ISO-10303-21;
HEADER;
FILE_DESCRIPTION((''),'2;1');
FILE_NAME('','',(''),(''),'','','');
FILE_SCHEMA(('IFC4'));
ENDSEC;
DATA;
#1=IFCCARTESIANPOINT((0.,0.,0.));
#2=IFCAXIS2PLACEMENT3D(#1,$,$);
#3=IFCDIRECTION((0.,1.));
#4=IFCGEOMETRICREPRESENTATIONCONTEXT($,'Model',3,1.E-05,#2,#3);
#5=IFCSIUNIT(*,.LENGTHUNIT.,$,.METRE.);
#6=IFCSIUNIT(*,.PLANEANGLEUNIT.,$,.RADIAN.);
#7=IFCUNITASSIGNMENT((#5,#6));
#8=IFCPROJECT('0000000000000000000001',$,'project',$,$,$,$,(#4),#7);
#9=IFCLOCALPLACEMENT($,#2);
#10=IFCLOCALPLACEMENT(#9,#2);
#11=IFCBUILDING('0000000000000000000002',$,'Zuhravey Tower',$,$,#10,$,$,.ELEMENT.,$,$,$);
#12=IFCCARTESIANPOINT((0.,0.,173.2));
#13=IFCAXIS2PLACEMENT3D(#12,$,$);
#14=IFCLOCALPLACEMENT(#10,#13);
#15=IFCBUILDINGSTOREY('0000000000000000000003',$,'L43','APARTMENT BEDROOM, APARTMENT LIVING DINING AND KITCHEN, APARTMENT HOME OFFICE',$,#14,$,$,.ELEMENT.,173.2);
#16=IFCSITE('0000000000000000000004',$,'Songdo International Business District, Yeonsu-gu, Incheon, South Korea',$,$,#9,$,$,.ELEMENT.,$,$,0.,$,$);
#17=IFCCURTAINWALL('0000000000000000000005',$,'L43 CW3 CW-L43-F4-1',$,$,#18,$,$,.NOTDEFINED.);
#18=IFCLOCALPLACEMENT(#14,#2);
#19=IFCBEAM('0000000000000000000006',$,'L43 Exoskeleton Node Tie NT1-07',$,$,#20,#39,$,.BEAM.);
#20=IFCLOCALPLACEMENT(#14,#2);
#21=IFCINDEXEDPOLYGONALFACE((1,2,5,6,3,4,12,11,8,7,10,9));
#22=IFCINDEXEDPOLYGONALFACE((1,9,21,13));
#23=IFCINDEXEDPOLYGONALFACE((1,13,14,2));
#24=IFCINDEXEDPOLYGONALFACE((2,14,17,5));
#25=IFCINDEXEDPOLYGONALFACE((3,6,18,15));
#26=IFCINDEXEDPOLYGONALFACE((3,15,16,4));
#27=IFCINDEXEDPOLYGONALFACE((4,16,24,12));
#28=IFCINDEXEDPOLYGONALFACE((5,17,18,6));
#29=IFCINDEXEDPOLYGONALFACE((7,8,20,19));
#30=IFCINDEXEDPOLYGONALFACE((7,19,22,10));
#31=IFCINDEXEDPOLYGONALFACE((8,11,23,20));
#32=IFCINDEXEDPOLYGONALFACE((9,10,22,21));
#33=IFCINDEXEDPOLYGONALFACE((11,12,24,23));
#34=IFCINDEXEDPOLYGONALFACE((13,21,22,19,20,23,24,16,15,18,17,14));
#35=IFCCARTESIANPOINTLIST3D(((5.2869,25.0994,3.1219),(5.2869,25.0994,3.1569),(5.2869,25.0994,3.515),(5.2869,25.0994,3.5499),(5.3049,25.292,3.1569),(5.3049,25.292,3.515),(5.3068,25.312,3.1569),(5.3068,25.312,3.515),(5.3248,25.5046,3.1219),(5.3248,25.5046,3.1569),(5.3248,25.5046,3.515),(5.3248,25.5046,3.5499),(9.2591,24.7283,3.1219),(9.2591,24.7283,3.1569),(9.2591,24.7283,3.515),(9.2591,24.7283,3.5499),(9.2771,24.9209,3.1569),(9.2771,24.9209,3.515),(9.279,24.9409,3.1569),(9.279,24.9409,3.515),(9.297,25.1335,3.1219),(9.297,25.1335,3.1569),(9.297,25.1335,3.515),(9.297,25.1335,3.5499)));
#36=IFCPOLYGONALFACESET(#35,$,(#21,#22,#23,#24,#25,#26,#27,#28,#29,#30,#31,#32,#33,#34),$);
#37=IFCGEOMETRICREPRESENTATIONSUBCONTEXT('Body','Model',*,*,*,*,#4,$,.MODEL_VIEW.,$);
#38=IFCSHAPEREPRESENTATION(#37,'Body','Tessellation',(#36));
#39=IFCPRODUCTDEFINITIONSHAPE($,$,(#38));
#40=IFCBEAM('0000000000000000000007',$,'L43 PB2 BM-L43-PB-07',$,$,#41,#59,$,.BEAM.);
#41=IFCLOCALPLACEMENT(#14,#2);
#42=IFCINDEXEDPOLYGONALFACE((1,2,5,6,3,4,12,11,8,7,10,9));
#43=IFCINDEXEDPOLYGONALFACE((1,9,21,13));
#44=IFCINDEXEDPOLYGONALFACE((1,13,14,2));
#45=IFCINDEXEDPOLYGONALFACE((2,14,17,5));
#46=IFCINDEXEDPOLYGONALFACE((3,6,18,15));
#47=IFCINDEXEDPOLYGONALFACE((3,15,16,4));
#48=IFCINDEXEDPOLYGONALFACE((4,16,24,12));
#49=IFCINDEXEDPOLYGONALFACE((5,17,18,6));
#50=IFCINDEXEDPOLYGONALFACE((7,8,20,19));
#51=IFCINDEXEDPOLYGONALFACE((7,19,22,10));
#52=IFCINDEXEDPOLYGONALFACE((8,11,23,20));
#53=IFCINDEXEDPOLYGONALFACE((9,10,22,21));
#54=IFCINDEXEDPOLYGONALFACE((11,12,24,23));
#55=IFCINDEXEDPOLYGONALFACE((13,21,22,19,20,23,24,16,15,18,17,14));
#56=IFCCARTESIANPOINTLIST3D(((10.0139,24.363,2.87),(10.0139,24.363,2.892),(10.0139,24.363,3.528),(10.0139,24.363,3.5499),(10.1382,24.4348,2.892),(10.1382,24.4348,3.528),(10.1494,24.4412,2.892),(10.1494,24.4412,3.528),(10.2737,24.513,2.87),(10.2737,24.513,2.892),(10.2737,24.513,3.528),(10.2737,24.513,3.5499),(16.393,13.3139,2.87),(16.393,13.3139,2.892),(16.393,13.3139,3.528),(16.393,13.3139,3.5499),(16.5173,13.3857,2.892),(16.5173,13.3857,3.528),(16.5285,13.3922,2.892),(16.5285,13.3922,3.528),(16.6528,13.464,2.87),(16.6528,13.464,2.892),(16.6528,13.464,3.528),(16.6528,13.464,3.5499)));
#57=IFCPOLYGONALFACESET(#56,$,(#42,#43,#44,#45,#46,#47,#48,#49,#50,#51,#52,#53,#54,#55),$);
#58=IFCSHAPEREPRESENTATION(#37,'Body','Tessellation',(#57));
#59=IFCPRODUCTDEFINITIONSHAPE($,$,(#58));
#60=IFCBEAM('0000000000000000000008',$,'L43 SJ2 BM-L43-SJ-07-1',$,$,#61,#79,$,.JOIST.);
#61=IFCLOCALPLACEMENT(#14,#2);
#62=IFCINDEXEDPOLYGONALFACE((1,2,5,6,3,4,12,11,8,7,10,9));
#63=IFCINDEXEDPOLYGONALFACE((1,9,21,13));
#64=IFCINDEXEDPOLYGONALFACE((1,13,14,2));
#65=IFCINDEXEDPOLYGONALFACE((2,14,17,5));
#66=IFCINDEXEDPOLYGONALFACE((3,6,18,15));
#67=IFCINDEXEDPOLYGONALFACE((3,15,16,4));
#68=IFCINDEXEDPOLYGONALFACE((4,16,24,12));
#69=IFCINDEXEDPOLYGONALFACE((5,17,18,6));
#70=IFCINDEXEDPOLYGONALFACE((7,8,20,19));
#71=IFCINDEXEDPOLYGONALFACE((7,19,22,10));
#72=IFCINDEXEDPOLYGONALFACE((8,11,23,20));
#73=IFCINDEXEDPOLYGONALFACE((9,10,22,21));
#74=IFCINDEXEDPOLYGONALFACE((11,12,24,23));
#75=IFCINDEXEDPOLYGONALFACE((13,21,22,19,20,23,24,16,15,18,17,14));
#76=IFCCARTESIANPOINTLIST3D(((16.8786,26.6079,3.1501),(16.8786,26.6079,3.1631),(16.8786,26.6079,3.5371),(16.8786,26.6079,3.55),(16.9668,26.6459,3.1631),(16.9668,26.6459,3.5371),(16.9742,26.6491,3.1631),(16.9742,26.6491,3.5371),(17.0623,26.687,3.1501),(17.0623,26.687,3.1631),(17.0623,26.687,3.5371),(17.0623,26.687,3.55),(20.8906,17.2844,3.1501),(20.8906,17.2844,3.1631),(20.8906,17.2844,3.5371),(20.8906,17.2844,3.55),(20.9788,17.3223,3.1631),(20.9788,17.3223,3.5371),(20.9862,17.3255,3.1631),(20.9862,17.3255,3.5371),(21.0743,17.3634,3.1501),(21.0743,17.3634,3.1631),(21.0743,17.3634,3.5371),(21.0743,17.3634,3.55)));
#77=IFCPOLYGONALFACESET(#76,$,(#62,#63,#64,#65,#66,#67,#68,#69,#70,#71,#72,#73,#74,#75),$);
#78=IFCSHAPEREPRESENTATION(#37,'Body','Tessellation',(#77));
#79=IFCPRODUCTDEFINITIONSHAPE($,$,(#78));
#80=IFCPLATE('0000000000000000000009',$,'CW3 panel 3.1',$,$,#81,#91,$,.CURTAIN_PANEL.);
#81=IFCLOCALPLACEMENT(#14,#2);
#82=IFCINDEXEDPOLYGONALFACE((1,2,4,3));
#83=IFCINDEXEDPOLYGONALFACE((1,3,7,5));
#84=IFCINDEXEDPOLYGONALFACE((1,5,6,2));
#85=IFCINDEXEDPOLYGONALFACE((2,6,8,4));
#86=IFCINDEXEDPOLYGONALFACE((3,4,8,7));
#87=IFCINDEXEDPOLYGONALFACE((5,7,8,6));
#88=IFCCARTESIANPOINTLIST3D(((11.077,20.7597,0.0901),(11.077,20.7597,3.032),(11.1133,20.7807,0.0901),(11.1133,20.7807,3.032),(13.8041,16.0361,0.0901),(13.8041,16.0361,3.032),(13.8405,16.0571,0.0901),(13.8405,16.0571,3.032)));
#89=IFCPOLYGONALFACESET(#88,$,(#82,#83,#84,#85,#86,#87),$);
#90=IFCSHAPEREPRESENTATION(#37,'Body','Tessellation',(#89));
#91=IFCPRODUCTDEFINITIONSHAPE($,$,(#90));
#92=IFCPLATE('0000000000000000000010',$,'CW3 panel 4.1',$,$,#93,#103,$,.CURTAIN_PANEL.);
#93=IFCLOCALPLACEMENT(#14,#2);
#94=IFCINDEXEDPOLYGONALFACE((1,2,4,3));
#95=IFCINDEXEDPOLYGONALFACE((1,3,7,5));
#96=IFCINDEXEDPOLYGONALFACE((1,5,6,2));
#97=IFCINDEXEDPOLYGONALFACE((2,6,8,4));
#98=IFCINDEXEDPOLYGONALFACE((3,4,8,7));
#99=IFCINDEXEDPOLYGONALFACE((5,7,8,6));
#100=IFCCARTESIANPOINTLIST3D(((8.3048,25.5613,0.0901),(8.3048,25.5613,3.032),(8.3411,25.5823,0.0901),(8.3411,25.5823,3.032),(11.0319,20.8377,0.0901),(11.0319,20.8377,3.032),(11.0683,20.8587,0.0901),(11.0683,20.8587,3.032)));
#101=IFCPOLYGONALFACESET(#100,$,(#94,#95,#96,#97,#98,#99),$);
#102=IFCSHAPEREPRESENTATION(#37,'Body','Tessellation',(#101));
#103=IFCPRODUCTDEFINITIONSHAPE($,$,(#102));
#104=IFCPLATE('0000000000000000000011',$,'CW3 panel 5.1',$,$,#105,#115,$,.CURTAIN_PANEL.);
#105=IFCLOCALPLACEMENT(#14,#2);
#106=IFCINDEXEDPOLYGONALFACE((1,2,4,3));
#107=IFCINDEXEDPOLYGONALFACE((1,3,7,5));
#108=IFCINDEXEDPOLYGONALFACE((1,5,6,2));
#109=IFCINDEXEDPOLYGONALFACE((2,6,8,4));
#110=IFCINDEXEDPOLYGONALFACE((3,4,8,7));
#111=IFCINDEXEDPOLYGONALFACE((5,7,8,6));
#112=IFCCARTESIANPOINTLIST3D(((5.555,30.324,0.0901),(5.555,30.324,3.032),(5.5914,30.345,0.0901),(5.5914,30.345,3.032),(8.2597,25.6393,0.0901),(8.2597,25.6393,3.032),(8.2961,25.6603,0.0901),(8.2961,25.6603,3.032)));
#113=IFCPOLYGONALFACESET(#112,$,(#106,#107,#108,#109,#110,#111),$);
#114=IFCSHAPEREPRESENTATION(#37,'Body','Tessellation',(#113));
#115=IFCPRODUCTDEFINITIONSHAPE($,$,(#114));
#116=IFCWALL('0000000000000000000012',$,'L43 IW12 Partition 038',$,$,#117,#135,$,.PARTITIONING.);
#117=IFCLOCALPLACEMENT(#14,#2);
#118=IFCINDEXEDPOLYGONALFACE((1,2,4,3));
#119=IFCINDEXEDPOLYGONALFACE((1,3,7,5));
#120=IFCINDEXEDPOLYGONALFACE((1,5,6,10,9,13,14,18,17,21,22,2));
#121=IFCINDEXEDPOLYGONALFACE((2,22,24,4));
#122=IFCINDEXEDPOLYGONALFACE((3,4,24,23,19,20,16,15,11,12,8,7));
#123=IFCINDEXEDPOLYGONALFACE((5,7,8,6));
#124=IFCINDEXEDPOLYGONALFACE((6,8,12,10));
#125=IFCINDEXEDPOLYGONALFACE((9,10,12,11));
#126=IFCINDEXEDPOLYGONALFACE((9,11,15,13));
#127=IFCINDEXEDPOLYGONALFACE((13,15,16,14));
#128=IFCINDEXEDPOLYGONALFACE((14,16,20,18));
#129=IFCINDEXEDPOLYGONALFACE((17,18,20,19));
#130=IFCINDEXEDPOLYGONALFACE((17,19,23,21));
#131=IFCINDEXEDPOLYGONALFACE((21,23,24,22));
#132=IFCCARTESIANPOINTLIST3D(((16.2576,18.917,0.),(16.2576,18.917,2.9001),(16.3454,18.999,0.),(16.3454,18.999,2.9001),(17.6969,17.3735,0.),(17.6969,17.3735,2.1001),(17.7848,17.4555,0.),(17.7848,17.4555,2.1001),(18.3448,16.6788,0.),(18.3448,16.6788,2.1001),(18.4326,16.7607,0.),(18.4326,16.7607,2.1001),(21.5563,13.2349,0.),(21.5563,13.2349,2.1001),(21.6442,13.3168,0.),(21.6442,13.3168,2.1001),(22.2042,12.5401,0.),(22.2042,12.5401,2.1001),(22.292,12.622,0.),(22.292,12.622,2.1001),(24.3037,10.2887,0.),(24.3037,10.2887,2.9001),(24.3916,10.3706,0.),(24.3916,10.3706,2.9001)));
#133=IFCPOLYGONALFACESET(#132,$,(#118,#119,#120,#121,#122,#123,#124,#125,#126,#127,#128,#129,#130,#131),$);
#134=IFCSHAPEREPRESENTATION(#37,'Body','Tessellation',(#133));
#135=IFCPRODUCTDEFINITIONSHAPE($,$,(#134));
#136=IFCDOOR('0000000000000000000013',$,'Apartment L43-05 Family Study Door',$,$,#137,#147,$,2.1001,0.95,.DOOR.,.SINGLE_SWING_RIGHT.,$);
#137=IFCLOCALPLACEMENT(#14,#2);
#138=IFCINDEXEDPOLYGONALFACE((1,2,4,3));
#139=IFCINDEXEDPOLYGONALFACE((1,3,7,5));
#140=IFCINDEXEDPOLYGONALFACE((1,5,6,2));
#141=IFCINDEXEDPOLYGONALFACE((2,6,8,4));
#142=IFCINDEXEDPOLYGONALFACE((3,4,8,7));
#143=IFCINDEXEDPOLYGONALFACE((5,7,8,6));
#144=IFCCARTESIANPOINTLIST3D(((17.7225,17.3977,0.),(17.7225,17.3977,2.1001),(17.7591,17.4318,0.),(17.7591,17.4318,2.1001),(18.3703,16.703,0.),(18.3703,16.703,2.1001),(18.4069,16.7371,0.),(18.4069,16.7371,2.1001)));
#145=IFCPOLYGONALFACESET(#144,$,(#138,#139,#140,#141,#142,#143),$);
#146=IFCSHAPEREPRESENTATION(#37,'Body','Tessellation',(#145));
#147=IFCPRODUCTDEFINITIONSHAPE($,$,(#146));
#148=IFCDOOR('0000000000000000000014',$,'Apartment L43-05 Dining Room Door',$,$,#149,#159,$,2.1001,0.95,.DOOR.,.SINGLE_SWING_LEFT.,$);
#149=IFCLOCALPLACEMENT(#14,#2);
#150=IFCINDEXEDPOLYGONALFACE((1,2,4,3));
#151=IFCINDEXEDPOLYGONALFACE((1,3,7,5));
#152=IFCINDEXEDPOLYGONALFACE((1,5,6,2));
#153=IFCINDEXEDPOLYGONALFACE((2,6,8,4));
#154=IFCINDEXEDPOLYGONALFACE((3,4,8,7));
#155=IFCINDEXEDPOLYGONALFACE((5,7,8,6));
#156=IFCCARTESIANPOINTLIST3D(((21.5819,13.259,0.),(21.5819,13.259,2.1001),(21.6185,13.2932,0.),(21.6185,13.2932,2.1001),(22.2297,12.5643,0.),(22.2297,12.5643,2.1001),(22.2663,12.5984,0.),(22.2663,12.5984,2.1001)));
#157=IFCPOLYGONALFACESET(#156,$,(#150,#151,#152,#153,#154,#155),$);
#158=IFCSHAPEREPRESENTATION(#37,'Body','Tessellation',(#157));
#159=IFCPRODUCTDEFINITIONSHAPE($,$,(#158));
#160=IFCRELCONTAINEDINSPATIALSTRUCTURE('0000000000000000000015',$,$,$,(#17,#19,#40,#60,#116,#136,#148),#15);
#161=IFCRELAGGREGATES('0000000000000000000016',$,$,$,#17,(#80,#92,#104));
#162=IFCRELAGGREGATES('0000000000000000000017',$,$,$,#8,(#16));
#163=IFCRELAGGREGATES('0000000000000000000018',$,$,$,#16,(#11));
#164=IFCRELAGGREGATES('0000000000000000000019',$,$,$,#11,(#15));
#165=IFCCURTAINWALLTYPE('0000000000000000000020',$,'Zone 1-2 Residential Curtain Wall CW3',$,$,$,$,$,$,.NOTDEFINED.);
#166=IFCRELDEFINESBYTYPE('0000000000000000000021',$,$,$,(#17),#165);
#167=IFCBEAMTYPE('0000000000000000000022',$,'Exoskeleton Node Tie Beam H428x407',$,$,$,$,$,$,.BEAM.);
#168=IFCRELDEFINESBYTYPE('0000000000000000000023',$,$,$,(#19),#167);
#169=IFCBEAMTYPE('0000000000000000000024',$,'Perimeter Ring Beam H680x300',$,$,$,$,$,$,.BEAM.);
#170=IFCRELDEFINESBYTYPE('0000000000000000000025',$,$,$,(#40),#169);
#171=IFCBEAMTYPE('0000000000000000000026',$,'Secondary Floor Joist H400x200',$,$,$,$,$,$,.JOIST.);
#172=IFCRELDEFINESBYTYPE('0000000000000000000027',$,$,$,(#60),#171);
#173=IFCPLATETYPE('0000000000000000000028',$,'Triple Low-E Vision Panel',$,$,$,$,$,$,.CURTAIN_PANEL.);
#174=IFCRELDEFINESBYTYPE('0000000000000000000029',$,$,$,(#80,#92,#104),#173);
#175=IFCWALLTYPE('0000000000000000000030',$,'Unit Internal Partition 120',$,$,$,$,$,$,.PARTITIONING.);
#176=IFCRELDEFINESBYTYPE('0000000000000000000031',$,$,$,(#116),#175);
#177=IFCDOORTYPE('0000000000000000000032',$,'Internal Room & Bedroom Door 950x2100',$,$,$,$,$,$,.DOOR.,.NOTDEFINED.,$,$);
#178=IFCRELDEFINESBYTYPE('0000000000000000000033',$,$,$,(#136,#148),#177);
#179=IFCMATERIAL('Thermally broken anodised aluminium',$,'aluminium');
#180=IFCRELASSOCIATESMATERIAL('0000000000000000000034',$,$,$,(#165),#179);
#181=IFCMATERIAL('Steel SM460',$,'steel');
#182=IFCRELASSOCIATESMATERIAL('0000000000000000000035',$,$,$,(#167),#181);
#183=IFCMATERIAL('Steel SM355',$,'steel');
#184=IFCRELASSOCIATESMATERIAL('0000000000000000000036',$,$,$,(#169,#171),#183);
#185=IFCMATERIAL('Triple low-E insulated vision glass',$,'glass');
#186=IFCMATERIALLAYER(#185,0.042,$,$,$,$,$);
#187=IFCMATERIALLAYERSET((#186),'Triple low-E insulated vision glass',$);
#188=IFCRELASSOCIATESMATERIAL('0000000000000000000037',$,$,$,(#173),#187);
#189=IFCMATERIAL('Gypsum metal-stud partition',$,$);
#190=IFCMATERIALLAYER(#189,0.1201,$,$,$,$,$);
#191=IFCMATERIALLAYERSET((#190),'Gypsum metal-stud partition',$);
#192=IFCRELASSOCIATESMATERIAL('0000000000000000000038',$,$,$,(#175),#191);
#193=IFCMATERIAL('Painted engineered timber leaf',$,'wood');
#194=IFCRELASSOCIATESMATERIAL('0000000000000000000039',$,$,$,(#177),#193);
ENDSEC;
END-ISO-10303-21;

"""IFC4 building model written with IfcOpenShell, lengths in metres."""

from ifc_helpers import new_model, si_unit, direction, frame, frame_2d, origin, origin_2d, place, context, subcontext, project, spatial, rectangle, i_section, extrude, material, layer, layer_set, material_profile, profile_set, type_object, element, fill, aggregate, save


model = new_model("IFC4")

# Units and contexts
model_context = context("Model", 3, precision=1e-05, world=origin(), true_north=direction((0.0, 1.0)))
body_context = subcontext(model_context, "Body", "Model", "MODEL_VIEW")
ifc_project = project(units=[si_unit("LENGTHUNIT", "METRE"), si_unit("PLANEANGLEUNIT", "RADIAN")], contexts=[model_context])

# Site, building, storey
site_placement = place(None, origin())
site = spatial("IfcSite", under=ifc_project, at=site_placement, Name="Songdo International Business District, Yeonsu-gu, Incheon, South Korea", CompositionType="ELEMENT", RefElevation=0.0)
building_placement = place(site_placement, origin())
building = spatial("IfcBuilding", under=site, at=building_placement, Name="Zuhravey Tower", CompositionType="ELEMENT")
storey_placement = place(building_placement, frame((0.0, 0.0, 173.2)))
storey = spatial("IfcBuildingStorey", under=building, at=storey_placement, Name="L43", Description="APARTMENT BEDROOM, APARTMENT LIVING DINING AND KITCHEN, APARTMENT HOME OFFICE", CompositionType="ELEMENT", Elevation=173.2)

# Curtain wall
ifc_material_1 = material(Name="Thermally broken anodised aluminium", Category="aluminium")
curtain_wall_type = type_object("IfcCurtainWallType", Name="Zone 1-2 Residential Curtain Wall CW3", PredefinedType="NOTDEFINED", material=ifc_material_1)
curtain_wall_placement = place(storey_placement, origin())
curtain_wall = element("IfcCurtainWall", 1, at=curtain_wall_placement, inside=storey, type_object=curtain_wall_type, Name="L43 CW3 CW-L43-F4-1", PredefinedType="NOTDEFINED")

# Beams
ifc_material_2 = material(Name="Steel SM460", Category="steel")
ifc_material_profile_1 = material_profile(ifc_material_2, i_section(OverallWidth=0.407, OverallDepth=0.428, WebThickness=0.02, FlangeThickness=0.0349, at=origin_2d()), Name="H-428x407x20x35")
ifc_profile_set_1 = profile_set([ifc_material_profile_1], Name="Steel SM460")
beam_type_1 = type_object("IfcBeamType", Name="Exoskeleton Node Tie Beam H428x407", PredefinedType="BEAM", material=ifc_profile_set_1)
beam_1_placement = place(storey_placement, frame((9.2781, 24.9309, 3.3359), z_axis=(-0.995664, 0.093018, 0.0), x_axis=(-0.093018, -0.995664, 0.0)))
element("IfcBeam", 2, at=beam_1_placement, inside=storey, type_object=beam_type_1, Name="L43 Exoskeleton Node Tie NT1-07", PredefinedType="BEAM", context=body_context, shape_type="SweptSolid", body=[
    extrude(i_section(OverallWidth=0.407, OverallDepth=0.428, WebThickness=0.02, FlangeThickness=0.0349, at=origin_2d()), origin(), (0.0, 0.0, 1.0), 3.9895),
])
ifc_material_3 = material(Name="Steel SM355", Category="steel")
ifc_material_profile_2 = material_profile(ifc_material_3, i_section(OverallWidth=0.3, OverallDepth=0.6799, WebThickness=0.0129, FlangeThickness=0.022, at=origin_2d()), Name="H-680x300x13x22")
ifc_profile_set_2 = profile_set([ifc_material_profile_2], Name="Steel SM355")
beam_type_2 = type_object("IfcBeamType", Name="Perimeter Ring Beam H680x300", PredefinedType="BEAM", material=ifc_profile_set_2)
beam_2_placement = place(storey_placement, frame((10.1438, 24.438, 3.21), z_axis=(0.499998, -0.866027, 0.0), x_axis=(0.866027, 0.499998, 0.0)))
element("IfcBeam", 3, at=beam_2_placement, inside=storey, type_object=beam_type_2, Name="L43 PB2 BM-L43-PB-07", PredefinedType="BEAM", context=body_context, shape_type="SweptSolid", body=[
    extrude(i_section(OverallWidth=0.3, OverallDepth=0.6799, WebThickness=0.0129, FlangeThickness=0.022, at=origin_2d()), origin(), (0.0, 0.0, 1.0), 12.7583),
])
ifc_material_profile_3 = material_profile(ifc_material_3, i_section(OverallWidth=0.2, OverallDepth=0.3999, WebThickness=0.0081, FlangeThickness=0.0129, at=origin_2d()), Name="H-400x200x8x13")
ifc_profile_set_3 = profile_set([ifc_material_profile_3], Name="Steel SM355")
beam_type_3 = type_object("IfcBeamType", Name="Secondary Floor Joist H400x200", PredefinedType="JOIST", material=ifc_profile_set_3)
beam_3_placement = place(storey_placement, frame((16.9705, 26.6475, 3.3501), z_axis=(0.395266, -0.918567, 0.0), x_axis=(0.918567, 0.395266, 0.0)))
element("IfcBeam", 4, at=beam_3_placement, inside=storey, type_object=beam_type_3, Name="L43 SJ2 BM-L43-SJ-07-1", PredefinedType="JOIST", context=body_context, shape_type="SweptSolid", body=[
    extrude(i_section(OverallWidth=0.2, OverallDepth=0.3999, WebThickness=0.0081, FlangeThickness=0.0129, at=origin_2d()), origin(), (0.0, 0.0, 1.0), 10.1501),
])

# Plates
ifc_material_4 = material(Name="Triple low-E insulated vision glass", Category="glass")
ifc_layer_1 = layer(ifc_material_4, 0.042)
ifc_layer_set_1 = layer_set([ifc_layer_1], Name="Triple low-E insulated vision glass")
plate_type = type_object("IfcPlateType", Name="Triple Low-E Vision Panel", PredefinedType="CURTAIN_PANEL", material=ifc_layer_set_1)
plate_1_placement = place(storey_placement, frame((12.4587, 18.4084, 0.0901), z_axis=(0.0, 0.0, 1.0), x_axis=(-0.5, 0.866025, 0.0)))
plate_1 = element("IfcPlate", 5, at=plate_1_placement, type_object=plate_type, Name="CW3 panel 3.1", PredefinedType="CURTAIN_PANEL", context=body_context, shape_type="SweptSolid", body=[
    extrude(rectangle(XDim=5.4543, YDim=0.042, at=origin_2d()), origin(), (0.0, 0.0, 1.0), 2.9419),
])
plate_2_placement = place(storey_placement, frame((9.6865, 23.21, 0.0901), z_axis=(0.0, 0.0, 1.0), x_axis=(-0.5, 0.866025, 0.0)))
plate_2 = element("IfcPlate", 6, at=plate_2_placement, type_object=plate_type, Name="CW3 panel 4.1", PredefinedType="CURTAIN_PANEL", context=body_context, shape_type="SweptSolid", body=[
    extrude(rectangle(XDim=5.4543, YDim=0.042, at=origin_2d()), origin(), (0.0, 0.0, 1.0), 2.9419),
])
plate_3_placement = place(storey_placement, frame((6.9255, 27.9922, 0.0901), z_axis=(0.0, 0.0, 1.0), x_axis=(-0.5, 0.866025, 0.0)))
plate_3 = element("IfcPlate", 7, at=plate_3_placement, type_object=plate_type, Name="CW3 panel 5.1", PredefinedType="CURTAIN_PANEL", context=body_context, shape_type="SweptSolid", body=[
    extrude(rectangle(XDim=5.4094, YDim=0.042, at=origin_2d()), origin(), (0.0, 0.0, 1.0), 2.9419),
])
aggregate(curtain_wall, [plate_1, plate_2, plate_3])

# Wall, openings, doors
ifc_material_5 = material(Name="Gypsum metal-stud partition")
ifc_layer_2 = layer(ifc_material_5, 0.1201)
ifc_layer_set_2 = layer_set([ifc_layer_2], Name="Gypsum metal-stud partition")
wall_type = type_object("IfcWallType", Name="Unit Internal Partition 120", PredefinedType="PARTITIONING", material=ifc_layer_set_2)
wall_1_placement = place(storey_placement, frame((16.3015, 18.958, 0.0), z_axis=(0.0, 0.0, 1.0), x_axis=(0.681999, -0.731353, 0.0)))
wall_1 = element("IfcWall", 8, at=wall_1_placement, inside=storey, type_object=wall_type, Name="L43 IW12 Partition 038", PredefinedType="PARTITIONING", context=body_context, shape_type="SweptSolid", body=[
    extrude(rectangle(XDim=11.7979, YDim=0.1201, at=frame_2d((5.8989, 0.0))), origin(), (0.0, 0.0, 1.0), 2.9001),
])
opening_1_placement = place(wall_1_placement, frame((2.1104, 0.0, 0.0)))
opening_1 = element("IfcOpeningElement", 9, at=opening_1_placement, cuts=wall_1, PredefinedType="OPENING", context=body_context, shape_type="SweptSolid", body=[
    extrude(rectangle(XDim=0.95, YDim=2.1001, at=frame_2d((0.4751, 1.05))), frame((0.0, 0.072, 0.0), z_axis=(0.0, -1.0, 0.0), x_axis=(1.0, 0.0, 0.0)), (0.0, 0.0, 1.0), 0.144),
])
opening_2_placement = place(wall_1_placement, frame((7.7693, 0.0, 0.0)))
opening_2 = element("IfcOpeningElement", 10, at=opening_2_placement, cuts=wall_1, PredefinedType="OPENING", context=body_context, shape_type="SweptSolid", body=[
    extrude(rectangle(XDim=0.95, YDim=2.1001, at=frame_2d((0.4751, 1.05))), frame((0.0, 0.072, 0.0), z_axis=(0.0, -1.0, 0.0), x_axis=(1.0, 0.0, 0.0)), (0.0, 0.0, 1.0), 0.144),
])
ifc_material_6 = material(Name="Painted engineered timber leaf", Category="wood")
door_type_1 = type_object("IfcDoorType", Name="Internal Room & Bedroom Door 950x2100", OperationType="NOTDEFINED", PredefinedType="DOOR", material=ifc_material_6)
door_1_placement = place(opening_1_placement, frame((0.95, 0.0, 0.0), z_axis=(0.0, 0.0, 1.0), x_axis=(-1.0, 0.0, 0.0)))
door_1 = element("IfcDoor", 11, at=door_1_placement, inside=storey, type_object=door_type_1, Name="Apartment L43-05 Family Study Door", OperationType="SINGLE_SWING_RIGHT", OverallHeight=2.1001, OverallWidth=0.95, PredefinedType="DOOR", context=body_context, shape_type="SweptSolid", body=[
    extrude(rectangle(XDim=0.95, YDim=2.1001, at=frame_2d((0.4751, 1.05))), frame((0.0, 0.0249, 0.0), z_axis=(0.0, -1.0, 0.0), x_axis=(1.0, 0.0, 0.0)), (0.0, 0.0, 1.0), 0.05),
])
fill(opening_1, door_1)
door_2_placement = place(opening_2_placement, frame((0.95, 0.0, 0.0), z_axis=(0.0, 0.0, 1.0), x_axis=(-1.0, 0.0, 0.0)))
door_2 = element("IfcDoor", 12, at=door_2_placement, inside=storey, type_object=door_type_1, Name="Apartment L43-05 Dining Room Door", OperationType="SINGLE_SWING_LEFT", OverallHeight=2.1001, OverallWidth=0.95, PredefinedType="DOOR", context=body_context, shape_type="SweptSolid", body=[
    extrude(rectangle(XDim=0.95, YDim=2.1001, at=frame_2d((0.4751, 1.05))), frame((0.0, 0.0249, 0.0), z_axis=(0.0, -1.0, 0.0), x_axis=(1.0, 0.0, 0.0)), (0.0, 0.0, 1.0), 0.05),
])
fill(opening_2, door_2)

save(model, "model.ifc")
